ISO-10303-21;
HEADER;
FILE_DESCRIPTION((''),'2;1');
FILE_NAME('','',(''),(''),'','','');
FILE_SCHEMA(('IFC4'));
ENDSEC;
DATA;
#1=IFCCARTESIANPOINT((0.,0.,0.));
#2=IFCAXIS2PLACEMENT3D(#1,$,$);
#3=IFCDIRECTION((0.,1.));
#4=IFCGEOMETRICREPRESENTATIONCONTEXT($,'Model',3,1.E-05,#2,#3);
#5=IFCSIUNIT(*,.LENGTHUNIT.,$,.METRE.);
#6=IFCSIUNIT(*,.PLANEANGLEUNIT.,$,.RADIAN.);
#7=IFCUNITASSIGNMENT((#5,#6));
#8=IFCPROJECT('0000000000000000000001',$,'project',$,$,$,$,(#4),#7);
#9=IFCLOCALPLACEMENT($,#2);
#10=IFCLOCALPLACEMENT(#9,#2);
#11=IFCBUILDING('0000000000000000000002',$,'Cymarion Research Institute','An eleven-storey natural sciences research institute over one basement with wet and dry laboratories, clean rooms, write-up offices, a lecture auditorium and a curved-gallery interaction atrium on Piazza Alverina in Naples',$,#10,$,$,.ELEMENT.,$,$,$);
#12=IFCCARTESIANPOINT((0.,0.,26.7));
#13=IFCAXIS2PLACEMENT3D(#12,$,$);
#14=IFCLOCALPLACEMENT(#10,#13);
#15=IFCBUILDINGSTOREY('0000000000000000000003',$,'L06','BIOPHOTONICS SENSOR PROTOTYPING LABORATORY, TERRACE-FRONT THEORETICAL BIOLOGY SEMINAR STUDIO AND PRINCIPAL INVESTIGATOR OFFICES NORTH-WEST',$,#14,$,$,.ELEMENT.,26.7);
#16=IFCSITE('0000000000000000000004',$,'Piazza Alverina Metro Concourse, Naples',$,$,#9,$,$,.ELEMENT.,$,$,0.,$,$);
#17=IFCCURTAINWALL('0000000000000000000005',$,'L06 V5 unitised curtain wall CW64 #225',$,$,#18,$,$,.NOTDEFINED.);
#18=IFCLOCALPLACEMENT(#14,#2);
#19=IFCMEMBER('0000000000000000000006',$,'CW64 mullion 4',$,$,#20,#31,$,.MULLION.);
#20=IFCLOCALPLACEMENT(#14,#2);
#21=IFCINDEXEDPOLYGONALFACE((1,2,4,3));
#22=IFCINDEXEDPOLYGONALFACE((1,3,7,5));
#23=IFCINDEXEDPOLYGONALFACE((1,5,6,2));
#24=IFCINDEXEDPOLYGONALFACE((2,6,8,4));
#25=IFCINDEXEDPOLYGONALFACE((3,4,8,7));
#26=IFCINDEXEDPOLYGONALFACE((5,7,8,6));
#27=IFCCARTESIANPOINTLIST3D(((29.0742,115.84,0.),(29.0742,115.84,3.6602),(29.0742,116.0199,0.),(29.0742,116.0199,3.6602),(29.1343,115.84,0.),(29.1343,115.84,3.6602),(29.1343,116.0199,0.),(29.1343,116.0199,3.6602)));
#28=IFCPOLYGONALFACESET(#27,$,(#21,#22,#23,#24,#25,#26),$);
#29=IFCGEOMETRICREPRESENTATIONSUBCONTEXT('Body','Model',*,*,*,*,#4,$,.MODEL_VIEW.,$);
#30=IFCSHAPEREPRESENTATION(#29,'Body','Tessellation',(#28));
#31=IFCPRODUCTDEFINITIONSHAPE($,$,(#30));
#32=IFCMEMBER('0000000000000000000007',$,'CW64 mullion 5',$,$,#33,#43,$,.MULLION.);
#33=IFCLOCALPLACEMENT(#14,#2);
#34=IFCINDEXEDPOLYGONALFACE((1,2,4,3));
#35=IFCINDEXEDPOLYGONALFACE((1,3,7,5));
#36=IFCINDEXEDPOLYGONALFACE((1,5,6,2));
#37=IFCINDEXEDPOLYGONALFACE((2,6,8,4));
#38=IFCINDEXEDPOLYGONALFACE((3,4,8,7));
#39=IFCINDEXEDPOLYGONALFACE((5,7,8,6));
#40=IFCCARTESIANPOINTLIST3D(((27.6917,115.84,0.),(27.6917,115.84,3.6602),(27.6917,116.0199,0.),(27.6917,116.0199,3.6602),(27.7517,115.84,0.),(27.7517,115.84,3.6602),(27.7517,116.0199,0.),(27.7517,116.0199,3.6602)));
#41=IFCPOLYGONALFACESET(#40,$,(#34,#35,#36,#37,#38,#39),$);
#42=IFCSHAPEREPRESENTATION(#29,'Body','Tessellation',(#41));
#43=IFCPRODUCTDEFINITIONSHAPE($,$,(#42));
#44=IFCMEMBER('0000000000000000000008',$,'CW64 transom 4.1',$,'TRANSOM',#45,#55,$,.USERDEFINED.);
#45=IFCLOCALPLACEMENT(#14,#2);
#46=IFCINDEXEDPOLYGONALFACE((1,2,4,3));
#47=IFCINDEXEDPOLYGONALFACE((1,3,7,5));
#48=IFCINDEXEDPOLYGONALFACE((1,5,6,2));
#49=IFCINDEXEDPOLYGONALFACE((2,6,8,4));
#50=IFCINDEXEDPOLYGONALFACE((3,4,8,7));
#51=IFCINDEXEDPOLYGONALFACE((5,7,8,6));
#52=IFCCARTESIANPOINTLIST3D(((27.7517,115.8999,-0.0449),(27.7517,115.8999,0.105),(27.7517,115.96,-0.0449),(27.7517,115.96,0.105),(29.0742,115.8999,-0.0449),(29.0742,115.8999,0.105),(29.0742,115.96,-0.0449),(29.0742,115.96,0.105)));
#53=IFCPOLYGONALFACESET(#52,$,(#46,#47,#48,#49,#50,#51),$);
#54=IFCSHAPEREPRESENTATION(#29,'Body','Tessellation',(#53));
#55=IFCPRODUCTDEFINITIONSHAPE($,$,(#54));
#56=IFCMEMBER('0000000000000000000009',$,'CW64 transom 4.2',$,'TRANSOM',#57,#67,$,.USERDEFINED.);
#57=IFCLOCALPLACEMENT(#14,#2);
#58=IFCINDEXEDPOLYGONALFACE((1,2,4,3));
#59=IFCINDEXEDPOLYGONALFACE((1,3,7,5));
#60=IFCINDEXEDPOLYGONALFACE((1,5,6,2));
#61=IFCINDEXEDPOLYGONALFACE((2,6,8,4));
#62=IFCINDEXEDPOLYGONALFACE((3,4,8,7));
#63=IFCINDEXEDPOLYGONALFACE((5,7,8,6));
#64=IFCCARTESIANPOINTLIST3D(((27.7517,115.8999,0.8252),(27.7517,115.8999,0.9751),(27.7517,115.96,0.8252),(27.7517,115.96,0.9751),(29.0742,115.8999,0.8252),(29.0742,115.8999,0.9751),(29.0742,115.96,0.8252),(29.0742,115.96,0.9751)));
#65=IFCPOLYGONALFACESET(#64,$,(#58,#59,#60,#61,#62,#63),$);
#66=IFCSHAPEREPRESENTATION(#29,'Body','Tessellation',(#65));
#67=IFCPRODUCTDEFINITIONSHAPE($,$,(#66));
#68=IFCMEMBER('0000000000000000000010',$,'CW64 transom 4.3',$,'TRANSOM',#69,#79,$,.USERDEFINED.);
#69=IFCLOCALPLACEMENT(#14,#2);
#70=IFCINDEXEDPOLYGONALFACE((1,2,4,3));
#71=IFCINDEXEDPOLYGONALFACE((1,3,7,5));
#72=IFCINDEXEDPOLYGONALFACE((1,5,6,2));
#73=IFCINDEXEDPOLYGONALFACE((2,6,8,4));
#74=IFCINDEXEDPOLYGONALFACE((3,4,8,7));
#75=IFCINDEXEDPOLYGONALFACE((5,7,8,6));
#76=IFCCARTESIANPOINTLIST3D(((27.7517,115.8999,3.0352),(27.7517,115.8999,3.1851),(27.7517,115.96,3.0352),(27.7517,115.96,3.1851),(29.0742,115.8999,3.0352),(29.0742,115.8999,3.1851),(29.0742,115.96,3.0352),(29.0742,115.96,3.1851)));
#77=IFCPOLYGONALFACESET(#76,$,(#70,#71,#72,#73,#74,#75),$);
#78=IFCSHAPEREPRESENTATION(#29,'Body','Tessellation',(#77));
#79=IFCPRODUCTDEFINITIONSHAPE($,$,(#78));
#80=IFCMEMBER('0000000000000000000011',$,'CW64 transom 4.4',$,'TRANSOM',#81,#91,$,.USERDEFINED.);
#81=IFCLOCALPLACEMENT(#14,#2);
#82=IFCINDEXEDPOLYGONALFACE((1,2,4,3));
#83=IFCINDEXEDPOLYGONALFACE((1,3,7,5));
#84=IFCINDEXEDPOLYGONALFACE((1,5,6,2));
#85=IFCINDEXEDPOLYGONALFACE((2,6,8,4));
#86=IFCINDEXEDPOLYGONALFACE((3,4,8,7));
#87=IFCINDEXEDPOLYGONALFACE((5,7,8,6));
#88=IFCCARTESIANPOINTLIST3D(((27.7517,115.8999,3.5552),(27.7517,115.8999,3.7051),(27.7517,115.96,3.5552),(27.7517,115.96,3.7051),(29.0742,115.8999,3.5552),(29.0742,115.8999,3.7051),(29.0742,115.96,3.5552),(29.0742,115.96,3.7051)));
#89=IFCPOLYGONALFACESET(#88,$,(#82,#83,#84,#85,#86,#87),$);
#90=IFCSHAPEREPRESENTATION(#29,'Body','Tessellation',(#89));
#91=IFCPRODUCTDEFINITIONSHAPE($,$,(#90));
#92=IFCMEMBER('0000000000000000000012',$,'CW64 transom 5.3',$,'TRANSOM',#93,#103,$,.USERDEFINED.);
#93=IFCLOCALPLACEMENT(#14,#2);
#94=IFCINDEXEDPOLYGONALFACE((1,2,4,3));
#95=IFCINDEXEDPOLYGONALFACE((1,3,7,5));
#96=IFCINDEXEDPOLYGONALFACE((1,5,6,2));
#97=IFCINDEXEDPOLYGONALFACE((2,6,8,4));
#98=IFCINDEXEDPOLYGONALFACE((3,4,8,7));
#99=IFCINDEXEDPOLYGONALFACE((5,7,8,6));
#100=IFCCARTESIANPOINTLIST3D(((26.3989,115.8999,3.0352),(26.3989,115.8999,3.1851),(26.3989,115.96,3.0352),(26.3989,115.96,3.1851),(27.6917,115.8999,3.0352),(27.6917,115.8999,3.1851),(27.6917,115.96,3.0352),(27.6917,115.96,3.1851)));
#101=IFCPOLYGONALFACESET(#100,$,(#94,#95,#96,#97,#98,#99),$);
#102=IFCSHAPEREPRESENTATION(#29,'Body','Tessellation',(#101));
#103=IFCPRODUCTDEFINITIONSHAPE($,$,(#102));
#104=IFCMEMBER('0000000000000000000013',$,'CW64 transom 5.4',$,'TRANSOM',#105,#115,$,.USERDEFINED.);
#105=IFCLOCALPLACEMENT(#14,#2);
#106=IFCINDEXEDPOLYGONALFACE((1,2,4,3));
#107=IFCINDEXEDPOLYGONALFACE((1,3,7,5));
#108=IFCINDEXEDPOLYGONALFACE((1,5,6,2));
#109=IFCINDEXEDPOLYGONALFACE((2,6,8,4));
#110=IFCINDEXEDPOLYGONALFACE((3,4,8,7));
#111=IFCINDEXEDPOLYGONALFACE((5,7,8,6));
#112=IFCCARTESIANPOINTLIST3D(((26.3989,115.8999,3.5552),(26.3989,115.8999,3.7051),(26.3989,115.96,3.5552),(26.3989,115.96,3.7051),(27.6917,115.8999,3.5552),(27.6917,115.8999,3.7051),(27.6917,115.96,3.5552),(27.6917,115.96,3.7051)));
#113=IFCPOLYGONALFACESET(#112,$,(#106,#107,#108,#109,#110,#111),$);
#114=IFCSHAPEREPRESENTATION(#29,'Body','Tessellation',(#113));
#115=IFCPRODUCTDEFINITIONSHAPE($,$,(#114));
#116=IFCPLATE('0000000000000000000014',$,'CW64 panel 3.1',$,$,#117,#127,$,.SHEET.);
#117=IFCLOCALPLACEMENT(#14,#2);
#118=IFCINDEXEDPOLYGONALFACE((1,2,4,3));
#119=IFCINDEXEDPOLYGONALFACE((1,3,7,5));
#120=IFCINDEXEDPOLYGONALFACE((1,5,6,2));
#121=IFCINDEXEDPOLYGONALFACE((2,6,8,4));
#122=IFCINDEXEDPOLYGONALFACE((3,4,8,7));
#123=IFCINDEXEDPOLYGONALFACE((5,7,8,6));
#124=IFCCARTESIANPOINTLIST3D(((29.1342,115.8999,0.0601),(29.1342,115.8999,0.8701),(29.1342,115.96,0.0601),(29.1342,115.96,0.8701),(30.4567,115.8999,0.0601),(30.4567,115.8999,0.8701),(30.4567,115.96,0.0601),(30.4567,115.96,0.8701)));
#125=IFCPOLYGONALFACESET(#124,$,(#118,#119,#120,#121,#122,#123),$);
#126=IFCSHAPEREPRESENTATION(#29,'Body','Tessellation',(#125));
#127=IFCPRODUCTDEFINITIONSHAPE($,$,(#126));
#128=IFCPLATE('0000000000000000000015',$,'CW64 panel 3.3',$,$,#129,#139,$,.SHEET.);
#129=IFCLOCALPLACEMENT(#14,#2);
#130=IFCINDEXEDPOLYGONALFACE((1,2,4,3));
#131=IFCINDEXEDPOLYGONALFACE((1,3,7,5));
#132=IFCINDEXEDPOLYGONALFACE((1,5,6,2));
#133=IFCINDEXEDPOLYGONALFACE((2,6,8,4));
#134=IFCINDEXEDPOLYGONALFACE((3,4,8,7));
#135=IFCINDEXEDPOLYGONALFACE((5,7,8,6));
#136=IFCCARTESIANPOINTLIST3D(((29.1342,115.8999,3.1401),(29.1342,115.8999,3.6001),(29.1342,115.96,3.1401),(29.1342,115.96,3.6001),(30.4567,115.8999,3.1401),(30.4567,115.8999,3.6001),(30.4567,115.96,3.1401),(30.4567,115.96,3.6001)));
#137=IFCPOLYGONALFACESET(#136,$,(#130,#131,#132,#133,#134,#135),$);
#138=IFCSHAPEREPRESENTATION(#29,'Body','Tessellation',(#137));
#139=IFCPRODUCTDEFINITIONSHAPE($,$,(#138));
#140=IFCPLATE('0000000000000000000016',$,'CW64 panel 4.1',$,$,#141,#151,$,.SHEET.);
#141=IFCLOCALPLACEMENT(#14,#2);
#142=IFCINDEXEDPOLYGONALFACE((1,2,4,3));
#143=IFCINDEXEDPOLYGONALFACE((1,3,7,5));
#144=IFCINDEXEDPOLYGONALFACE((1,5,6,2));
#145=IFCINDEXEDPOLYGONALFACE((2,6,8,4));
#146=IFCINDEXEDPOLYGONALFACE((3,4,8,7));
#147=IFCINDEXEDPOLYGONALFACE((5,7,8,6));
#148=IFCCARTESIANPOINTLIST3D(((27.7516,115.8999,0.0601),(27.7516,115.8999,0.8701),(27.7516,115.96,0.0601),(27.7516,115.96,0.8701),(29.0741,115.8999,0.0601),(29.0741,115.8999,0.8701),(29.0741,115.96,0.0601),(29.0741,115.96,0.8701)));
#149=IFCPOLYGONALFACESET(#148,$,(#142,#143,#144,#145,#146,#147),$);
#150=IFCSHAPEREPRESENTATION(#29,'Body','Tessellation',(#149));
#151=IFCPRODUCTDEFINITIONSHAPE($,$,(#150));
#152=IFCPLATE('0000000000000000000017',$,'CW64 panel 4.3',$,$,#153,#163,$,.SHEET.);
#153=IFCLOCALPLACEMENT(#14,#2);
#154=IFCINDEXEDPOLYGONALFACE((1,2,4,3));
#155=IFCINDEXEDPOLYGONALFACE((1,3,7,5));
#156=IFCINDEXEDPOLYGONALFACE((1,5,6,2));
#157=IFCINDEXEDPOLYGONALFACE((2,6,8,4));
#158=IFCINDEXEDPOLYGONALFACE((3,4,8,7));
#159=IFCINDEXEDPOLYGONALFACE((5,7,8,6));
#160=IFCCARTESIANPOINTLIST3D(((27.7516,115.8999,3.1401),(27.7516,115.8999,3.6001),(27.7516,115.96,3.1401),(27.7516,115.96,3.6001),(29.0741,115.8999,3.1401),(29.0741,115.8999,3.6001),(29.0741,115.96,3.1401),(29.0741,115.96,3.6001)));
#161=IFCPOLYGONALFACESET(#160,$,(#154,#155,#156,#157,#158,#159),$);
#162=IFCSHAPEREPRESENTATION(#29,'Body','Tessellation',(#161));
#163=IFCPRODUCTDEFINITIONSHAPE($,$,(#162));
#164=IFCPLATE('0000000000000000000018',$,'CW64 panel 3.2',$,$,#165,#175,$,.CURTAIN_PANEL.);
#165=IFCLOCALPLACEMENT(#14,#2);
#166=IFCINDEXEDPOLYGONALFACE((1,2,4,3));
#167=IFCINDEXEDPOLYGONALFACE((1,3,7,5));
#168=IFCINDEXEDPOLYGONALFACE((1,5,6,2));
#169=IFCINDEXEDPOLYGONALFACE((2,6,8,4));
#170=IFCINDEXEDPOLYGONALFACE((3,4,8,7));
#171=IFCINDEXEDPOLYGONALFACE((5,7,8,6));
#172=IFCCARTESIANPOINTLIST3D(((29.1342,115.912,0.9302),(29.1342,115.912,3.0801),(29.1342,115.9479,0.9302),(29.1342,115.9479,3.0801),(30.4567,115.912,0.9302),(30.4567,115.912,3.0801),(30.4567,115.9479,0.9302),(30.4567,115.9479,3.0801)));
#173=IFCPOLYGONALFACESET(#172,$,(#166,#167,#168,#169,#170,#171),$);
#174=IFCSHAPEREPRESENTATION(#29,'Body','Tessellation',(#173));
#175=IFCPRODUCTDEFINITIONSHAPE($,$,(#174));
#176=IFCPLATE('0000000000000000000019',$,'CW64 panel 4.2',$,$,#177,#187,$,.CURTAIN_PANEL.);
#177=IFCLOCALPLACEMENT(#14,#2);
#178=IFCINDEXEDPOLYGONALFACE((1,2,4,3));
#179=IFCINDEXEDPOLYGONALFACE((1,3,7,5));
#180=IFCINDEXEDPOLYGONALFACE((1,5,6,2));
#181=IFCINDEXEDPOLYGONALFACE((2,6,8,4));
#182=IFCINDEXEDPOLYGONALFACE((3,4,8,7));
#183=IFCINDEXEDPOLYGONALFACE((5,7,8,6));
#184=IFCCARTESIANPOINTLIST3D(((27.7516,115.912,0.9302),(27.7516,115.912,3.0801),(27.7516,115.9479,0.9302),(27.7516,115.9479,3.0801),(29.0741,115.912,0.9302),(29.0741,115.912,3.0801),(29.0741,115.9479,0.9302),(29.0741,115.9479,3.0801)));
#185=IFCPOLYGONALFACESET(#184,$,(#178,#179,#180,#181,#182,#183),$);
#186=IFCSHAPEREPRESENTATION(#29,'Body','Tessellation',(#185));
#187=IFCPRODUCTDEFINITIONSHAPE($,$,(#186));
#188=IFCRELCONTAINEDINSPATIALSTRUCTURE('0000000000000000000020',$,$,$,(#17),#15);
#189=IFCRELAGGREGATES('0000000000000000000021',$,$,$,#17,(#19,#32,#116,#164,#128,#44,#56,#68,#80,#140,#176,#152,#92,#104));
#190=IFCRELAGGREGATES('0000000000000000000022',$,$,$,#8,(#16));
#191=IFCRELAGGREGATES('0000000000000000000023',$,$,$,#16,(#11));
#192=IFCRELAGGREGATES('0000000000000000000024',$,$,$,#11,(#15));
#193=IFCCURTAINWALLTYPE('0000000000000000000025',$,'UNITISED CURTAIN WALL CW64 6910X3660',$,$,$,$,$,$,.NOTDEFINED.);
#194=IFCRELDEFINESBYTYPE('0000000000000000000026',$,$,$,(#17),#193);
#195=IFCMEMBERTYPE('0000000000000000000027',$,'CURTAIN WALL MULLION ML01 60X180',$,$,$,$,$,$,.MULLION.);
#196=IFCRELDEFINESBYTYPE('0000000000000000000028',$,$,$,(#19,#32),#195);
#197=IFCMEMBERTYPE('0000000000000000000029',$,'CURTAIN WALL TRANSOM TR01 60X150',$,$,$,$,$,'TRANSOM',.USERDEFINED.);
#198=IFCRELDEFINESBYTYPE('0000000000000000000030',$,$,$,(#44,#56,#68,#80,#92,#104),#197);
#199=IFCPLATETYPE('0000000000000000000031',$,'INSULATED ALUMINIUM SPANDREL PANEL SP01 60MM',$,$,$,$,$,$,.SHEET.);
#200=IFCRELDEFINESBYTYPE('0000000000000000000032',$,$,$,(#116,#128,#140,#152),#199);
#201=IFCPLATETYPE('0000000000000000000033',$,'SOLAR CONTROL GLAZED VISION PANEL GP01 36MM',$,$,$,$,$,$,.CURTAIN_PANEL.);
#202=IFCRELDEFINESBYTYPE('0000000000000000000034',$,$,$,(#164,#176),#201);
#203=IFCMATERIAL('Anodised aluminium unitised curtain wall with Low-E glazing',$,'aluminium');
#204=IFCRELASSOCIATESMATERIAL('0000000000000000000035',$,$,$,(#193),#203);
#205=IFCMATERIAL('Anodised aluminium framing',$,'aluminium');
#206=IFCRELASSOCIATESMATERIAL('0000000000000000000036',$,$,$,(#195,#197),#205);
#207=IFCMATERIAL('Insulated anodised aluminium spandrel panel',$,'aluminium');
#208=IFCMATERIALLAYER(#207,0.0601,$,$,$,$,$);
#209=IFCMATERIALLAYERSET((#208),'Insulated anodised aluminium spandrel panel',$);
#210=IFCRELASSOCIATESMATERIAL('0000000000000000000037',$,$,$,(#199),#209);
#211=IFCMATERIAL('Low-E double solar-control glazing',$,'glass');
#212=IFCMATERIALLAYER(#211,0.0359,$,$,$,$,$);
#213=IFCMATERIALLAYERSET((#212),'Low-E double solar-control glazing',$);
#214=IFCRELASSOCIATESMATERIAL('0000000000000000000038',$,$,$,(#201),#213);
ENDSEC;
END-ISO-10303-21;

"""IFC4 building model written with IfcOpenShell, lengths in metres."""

from ifc_helpers import new_model, si_unit, direction, frame, origin, origin_2d, place, context, subcontext, project, spatial, rectangle, extrude, material, layer, layer_set, material_profile, profile_set, type_object, element, aggregate, save


model = new_model("IFC4")

# Units and contexts
model_context = context("Model", 3, precision=1e-05, world=origin(), true_north=direction((0.0, 1.0)))
body_context = subcontext(model_context, "Body", "Model", "MODEL_VIEW")
ifc_project = project(units=[si_unit("LENGTHUNIT", "METRE"), si_unit("PLANEANGLEUNIT", "RADIAN")], contexts=[model_context])

# Site, building, storey
site_placement = place(None, origin())
site = spatial("IfcSite", under=ifc_project, at=site_placement, Name="Piazza Alverina Metro Concourse, Naples", CompositionType="ELEMENT", RefElevation=0.0)
building_placement = place(site_placement, origin())
building = spatial("IfcBuilding", under=site, at=building_placement, Name="Cymarion Research Institute", Description="An eleven-storey natural sciences research institute over one basement with wet and dry laboratories, clean rooms, write-up offices, a lecture auditorium and a curved-gallery interaction atrium on Piazza Alverina in Naples", CompositionType="ELEMENT")
storey_placement = place(building_placement, frame((0.0, 0.0, 26.7)))
storey = spatial("IfcBuildingStorey", under=building, at=storey_placement, Name="L06", Description="BIOPHOTONICS SENSOR PROTOTYPING LABORATORY, TERRACE-FRONT THEORETICAL BIOLOGY SEMINAR STUDIO AND PRINCIPAL INVESTIGATOR OFFICES NORTH-WEST", CompositionType="ELEMENT", Elevation=26.7)

# Curtain wall, members, plates
ifc_material_1 = material(Name="Anodised aluminium unitised curtain wall with Low-E glazing", Category="aluminium")
curtain_wall_type = type_object("IfcCurtainWallType", Name="UNITISED CURTAIN WALL CW64 6910X3660", PredefinedType="NOTDEFINED", material=ifc_material_1)
curtain_wall_placement = place(storey_placement, origin())
curtain_wall = element("IfcCurtainWall", 1, at=curtain_wall_placement, inside=storey, type_object=curtain_wall_type, Name="L06 V5 unitised curtain wall CW64 #225", PredefinedType="NOTDEFINED")
ifc_material_2 = material(Name="Anodised aluminium framing", Category="aluminium")
ifc_material_profile_1 = material_profile(ifc_material_2, rectangle(XDim=0.0601, YDim=0.1799, at=origin_2d()), Name="ALU MULLION 60x180")
ifc_profile_set_1 = profile_set([ifc_material_profile_1], Name="Anodised aluminium framing")
member_type_1 = type_object("IfcMemberType", Name="CURTAIN WALL MULLION ML01 60X180", PredefinedType="MULLION", material=ifc_profile_set_1)
member_1_placement = place(storey_placement, frame((29.1042, 115.9299, 0.0), z_axis=(0.0, 0.0, 1.0), x_axis=(-1.0, 0.0, 0.0)))
member_1 = element("IfcMember", 2, at=member_1_placement, type_object=member_type_1, Name="CW64 mullion 4", PredefinedType="MULLION", context=body_context, shape_type="SweptSolid", body=[
    extrude(rectangle(XDim=0.0601, YDim=0.1799, at=origin_2d()), origin(), (0.0, 0.0, 1.0), 3.6602),
])
member_2_placement = place(storey_placement, frame((27.7217, 115.9299, 0.0), z_axis=(0.0, 0.0, 1.0), x_axis=(-1.0, 0.0, 0.0)))
member_2 = element("IfcMember", 3, at=member_2_placement, type_object=member_type_1, Name="CW64 mullion 5", PredefinedType="MULLION", context=body_context, shape_type="SweptSolid", body=[
    extrude(rectangle(XDim=0.0601, YDim=0.1799, at=origin_2d()), origin(), (0.0, 0.0, 1.0), 3.6602),
])
ifc_material_profile_2 = material_profile(ifc_material_2, rectangle(XDim=0.0601, YDim=0.1499, at=origin_2d()), Name="ALU TRANSOM 60x150")
ifc_profile_set_2 = profile_set([ifc_material_profile_2], Name="Anodised aluminium framing")
member_type_2 = type_object("IfcMemberType", Name="CURTAIN WALL TRANSOM TR01 60X150", ElementType="TRANSOM", PredefinedType="USERDEFINED", material=ifc_profile_set_2)
member_3_placement = place(storey_placement, frame((29.0742, 115.9299, 0.03), z_axis=(-1.0, 0.0, 0.0), x_axis=(0.0, -1.0, 0.0)))
member_3 = element("IfcMember", 4, at=member_3_placement, type_object=member_type_2, Name="CW64 transom 4.1", ObjectType="TRANSOM", PredefinedType="USERDEFINED", context=body_context, shape_type="SweptSolid", body=[
    extrude(rectangle(XDim=0.0601, YDim=0.1499, at=origin_2d()), origin(), (0.0, 0.0, 1.0), 1.3225),
])
member_4_placement = place(storey_placement, frame((29.0742, 115.9299, 0.9001), z_axis=(-1.0, 0.0, 0.0), x_axis=(0.0, -1.0, 0.0)))
member_4 = element("IfcMember", 5, at=member_4_placement, type_object=member_type_2, Name="CW64 transom 4.2", ObjectType="TRANSOM", PredefinedType="USERDEFINED", context=body_context, shape_type="SweptSolid", body=[
    extrude(rectangle(XDim=0.0601, YDim=0.1499, at=origin_2d()), origin(), (0.0, 0.0, 1.0), 1.3225),
])
member_5_placement = place(storey_placement, frame((29.0742, 115.9299, 3.1101), z_axis=(-1.0, 0.0, 0.0), x_axis=(0.0, -1.0, 0.0)))
member_5 = element("IfcMember", 6, at=member_5_placement, type_object=member_type_2, Name="CW64 transom 4.3", ObjectType="TRANSOM", PredefinedType="USERDEFINED", context=body_context, shape_type="SweptSolid", body=[
    extrude(rectangle(XDim=0.0601, YDim=0.1499, at=origin_2d()), origin(), (0.0, 0.0, 1.0), 1.3225),
])
member_6_placement = place(storey_placement, frame((29.0742, 115.9299, 3.6301), z_axis=(-1.0, 0.0, 0.0), x_axis=(0.0, -1.0, 0.0)))
member_6 = element("IfcMember", 7, at=member_6_placement, type_object=member_type_2, Name="CW64 transom 4.4", ObjectType="TRANSOM", PredefinedType="USERDEFINED", context=body_context, shape_type="SweptSolid", body=[
    extrude(rectangle(XDim=0.0601, YDim=0.1499, at=origin_2d()), origin(), (0.0, 0.0, 1.0), 1.3225),
])
member_7_placement = place(storey_placement, frame((27.6917, 115.9299, 3.1101), z_axis=(-1.0, 0.0, 0.0), x_axis=(0.0, -1.0, 0.0)))
member_7 = element("IfcMember", 8, at=member_7_placement, type_object=member_type_2, Name="CW64 transom 5.3", ObjectType="TRANSOM", PredefinedType="USERDEFINED", context=body_context, shape_type="SweptSolid", body=[
    extrude(rectangle(XDim=0.0601, YDim=0.1499, at=origin_2d()), origin(), (0.0, 0.0, 1.0), 1.2927),
])
member_8_placement = place(storey_placement, frame((27.6917, 115.9299, 3.6301), z_axis=(-1.0, 0.0, 0.0), x_axis=(0.0, -1.0, 0.0)))
member_8 = element("IfcMember", 9, at=member_8_placement, type_object=member_type_2, Name="CW64 transom 5.4", ObjectType="TRANSOM", PredefinedType="USERDEFINED", context=body_context, shape_type="SweptSolid", body=[
    extrude(rectangle(XDim=0.0601, YDim=0.1499, at=origin_2d()), origin(), (0.0, 0.0, 1.0), 1.2927),
])
ifc_material_3 = material(Name="Insulated anodised aluminium spandrel panel", Category="aluminium")
ifc_layer_1 = layer(ifc_material_3, 0.0601)
ifc_layer_set_1 = layer_set([ifc_layer_1], Name="Insulated anodised aluminium spandrel panel")
plate_type_1 = type_object("IfcPlateType", Name="INSULATED ALUMINIUM SPANDREL PANEL SP01 60MM", PredefinedType="SHEET", material=ifc_layer_set_1)
plate_1_placement = place(storey_placement, frame((29.7954, 115.9299, 0.0601), z_axis=(0.0, 0.0, 1.0), x_axis=(-1.0, 0.0, 0.0)))
plate_1 = element("IfcPlate", 10, at=plate_1_placement, type_object=plate_type_1, Name="CW64 panel 3.1", PredefinedType="SHEET", context=body_context, shape_type="SweptSolid", body=[
    extrude(rectangle(XDim=1.3225, YDim=0.0601, at=origin_2d()), origin(), (0.0, 0.0, 1.0), 0.8101),
])
plate_2_placement = place(storey_placement, frame((29.7954, 115.9299, 3.1401), z_axis=(0.0, 0.0, 1.0), x_axis=(-1.0, 0.0, 0.0)))
plate_2 = element("IfcPlate", 11, at=plate_2_placement, type_object=plate_type_1, Name="CW64 panel 3.3", PredefinedType="SHEET", context=body_context, shape_type="SweptSolid", body=[
    extrude(rectangle(XDim=1.3225, YDim=0.0601, at=origin_2d()), origin(), (0.0, 0.0, 1.0), 0.46),
])
plate_3_placement = place(storey_placement, frame((28.4128, 115.9299, 0.0601), z_axis=(0.0, 0.0, 1.0), x_axis=(-1.0, 0.0, 0.0)))
plate_3 = element("IfcPlate", 12, at=plate_3_placement, type_object=plate_type_1, Name="CW64 panel 4.1", PredefinedType="SHEET", context=body_context, shape_type="SweptSolid", body=[
    extrude(rectangle(XDim=1.3225, YDim=0.0601, at=origin_2d()), origin(), (0.0, 0.0, 1.0), 0.8101),
])
plate_4_placement = place(storey_placement, frame((28.4128, 115.9299, 3.1401), z_axis=(0.0, 0.0, 1.0), x_axis=(-1.0, 0.0, 0.0)))
plate_4 = element("IfcPlate", 13, at=plate_4_placement, type_object=plate_type_1, Name="CW64 panel 4.3", PredefinedType="SHEET", context=body_context, shape_type="SweptSolid", body=[
    extrude(rectangle(XDim=1.3225, YDim=0.0601, at=origin_2d()), origin(), (0.0, 0.0, 1.0), 0.46),
])
ifc_material_4 = material(Name="Low-E double solar-control glazing", Category="glass")
ifc_layer_2 = layer(ifc_material_4, 0.0359)
ifc_layer_set_2 = layer_set([ifc_layer_2], Name="Low-E double solar-control glazing")
plate_type_2 = type_object("IfcPlateType", Name="SOLAR CONTROL GLAZED VISION PANEL GP01 36MM", PredefinedType="CURTAIN_PANEL", material=ifc_layer_set_2)
plate_5_placement = place(storey_placement, frame((29.7954, 115.9299, 0.9302), z_axis=(0.0, 0.0, 1.0), x_axis=(-1.0, 0.0, 0.0)))
plate_5 = element("IfcPlate", 14, at=plate_5_placement, type_object=plate_type_2, Name="CW64 panel 3.2", PredefinedType="CURTAIN_PANEL", context=body_context, shape_type="SweptSolid", body=[
    extrude(rectangle(XDim=1.3225, YDim=0.0359, at=origin_2d()), origin(), (0.0, 0.0, 1.0), 2.1499),
])
plate_6_placement = place(storey_placement, frame((28.4128, 115.9299, 0.9302), z_axis=(0.0, 0.0, 1.0), x_axis=(-1.0, 0.0, 0.0)))
plate_6 = element("IfcPlate", 15, at=plate_6_placement, type_object=plate_type_2, Name="CW64 panel 4.2", PredefinedType="CURTAIN_PANEL", context=body_context, shape_type="SweptSolid", body=[
    extrude(rectangle(XDim=1.3225, YDim=0.0359, at=origin_2d()), origin(), (0.0, 0.0, 1.0), 2.1499),
])
aggregate(curtain_wall, [member_1, member_2, plate_1, plate_5, plate_2, member_3, member_4, member_5, member_6, plate_3, plate_6, plate_4, member_7, member_8])

save(model, "model.ifc")
